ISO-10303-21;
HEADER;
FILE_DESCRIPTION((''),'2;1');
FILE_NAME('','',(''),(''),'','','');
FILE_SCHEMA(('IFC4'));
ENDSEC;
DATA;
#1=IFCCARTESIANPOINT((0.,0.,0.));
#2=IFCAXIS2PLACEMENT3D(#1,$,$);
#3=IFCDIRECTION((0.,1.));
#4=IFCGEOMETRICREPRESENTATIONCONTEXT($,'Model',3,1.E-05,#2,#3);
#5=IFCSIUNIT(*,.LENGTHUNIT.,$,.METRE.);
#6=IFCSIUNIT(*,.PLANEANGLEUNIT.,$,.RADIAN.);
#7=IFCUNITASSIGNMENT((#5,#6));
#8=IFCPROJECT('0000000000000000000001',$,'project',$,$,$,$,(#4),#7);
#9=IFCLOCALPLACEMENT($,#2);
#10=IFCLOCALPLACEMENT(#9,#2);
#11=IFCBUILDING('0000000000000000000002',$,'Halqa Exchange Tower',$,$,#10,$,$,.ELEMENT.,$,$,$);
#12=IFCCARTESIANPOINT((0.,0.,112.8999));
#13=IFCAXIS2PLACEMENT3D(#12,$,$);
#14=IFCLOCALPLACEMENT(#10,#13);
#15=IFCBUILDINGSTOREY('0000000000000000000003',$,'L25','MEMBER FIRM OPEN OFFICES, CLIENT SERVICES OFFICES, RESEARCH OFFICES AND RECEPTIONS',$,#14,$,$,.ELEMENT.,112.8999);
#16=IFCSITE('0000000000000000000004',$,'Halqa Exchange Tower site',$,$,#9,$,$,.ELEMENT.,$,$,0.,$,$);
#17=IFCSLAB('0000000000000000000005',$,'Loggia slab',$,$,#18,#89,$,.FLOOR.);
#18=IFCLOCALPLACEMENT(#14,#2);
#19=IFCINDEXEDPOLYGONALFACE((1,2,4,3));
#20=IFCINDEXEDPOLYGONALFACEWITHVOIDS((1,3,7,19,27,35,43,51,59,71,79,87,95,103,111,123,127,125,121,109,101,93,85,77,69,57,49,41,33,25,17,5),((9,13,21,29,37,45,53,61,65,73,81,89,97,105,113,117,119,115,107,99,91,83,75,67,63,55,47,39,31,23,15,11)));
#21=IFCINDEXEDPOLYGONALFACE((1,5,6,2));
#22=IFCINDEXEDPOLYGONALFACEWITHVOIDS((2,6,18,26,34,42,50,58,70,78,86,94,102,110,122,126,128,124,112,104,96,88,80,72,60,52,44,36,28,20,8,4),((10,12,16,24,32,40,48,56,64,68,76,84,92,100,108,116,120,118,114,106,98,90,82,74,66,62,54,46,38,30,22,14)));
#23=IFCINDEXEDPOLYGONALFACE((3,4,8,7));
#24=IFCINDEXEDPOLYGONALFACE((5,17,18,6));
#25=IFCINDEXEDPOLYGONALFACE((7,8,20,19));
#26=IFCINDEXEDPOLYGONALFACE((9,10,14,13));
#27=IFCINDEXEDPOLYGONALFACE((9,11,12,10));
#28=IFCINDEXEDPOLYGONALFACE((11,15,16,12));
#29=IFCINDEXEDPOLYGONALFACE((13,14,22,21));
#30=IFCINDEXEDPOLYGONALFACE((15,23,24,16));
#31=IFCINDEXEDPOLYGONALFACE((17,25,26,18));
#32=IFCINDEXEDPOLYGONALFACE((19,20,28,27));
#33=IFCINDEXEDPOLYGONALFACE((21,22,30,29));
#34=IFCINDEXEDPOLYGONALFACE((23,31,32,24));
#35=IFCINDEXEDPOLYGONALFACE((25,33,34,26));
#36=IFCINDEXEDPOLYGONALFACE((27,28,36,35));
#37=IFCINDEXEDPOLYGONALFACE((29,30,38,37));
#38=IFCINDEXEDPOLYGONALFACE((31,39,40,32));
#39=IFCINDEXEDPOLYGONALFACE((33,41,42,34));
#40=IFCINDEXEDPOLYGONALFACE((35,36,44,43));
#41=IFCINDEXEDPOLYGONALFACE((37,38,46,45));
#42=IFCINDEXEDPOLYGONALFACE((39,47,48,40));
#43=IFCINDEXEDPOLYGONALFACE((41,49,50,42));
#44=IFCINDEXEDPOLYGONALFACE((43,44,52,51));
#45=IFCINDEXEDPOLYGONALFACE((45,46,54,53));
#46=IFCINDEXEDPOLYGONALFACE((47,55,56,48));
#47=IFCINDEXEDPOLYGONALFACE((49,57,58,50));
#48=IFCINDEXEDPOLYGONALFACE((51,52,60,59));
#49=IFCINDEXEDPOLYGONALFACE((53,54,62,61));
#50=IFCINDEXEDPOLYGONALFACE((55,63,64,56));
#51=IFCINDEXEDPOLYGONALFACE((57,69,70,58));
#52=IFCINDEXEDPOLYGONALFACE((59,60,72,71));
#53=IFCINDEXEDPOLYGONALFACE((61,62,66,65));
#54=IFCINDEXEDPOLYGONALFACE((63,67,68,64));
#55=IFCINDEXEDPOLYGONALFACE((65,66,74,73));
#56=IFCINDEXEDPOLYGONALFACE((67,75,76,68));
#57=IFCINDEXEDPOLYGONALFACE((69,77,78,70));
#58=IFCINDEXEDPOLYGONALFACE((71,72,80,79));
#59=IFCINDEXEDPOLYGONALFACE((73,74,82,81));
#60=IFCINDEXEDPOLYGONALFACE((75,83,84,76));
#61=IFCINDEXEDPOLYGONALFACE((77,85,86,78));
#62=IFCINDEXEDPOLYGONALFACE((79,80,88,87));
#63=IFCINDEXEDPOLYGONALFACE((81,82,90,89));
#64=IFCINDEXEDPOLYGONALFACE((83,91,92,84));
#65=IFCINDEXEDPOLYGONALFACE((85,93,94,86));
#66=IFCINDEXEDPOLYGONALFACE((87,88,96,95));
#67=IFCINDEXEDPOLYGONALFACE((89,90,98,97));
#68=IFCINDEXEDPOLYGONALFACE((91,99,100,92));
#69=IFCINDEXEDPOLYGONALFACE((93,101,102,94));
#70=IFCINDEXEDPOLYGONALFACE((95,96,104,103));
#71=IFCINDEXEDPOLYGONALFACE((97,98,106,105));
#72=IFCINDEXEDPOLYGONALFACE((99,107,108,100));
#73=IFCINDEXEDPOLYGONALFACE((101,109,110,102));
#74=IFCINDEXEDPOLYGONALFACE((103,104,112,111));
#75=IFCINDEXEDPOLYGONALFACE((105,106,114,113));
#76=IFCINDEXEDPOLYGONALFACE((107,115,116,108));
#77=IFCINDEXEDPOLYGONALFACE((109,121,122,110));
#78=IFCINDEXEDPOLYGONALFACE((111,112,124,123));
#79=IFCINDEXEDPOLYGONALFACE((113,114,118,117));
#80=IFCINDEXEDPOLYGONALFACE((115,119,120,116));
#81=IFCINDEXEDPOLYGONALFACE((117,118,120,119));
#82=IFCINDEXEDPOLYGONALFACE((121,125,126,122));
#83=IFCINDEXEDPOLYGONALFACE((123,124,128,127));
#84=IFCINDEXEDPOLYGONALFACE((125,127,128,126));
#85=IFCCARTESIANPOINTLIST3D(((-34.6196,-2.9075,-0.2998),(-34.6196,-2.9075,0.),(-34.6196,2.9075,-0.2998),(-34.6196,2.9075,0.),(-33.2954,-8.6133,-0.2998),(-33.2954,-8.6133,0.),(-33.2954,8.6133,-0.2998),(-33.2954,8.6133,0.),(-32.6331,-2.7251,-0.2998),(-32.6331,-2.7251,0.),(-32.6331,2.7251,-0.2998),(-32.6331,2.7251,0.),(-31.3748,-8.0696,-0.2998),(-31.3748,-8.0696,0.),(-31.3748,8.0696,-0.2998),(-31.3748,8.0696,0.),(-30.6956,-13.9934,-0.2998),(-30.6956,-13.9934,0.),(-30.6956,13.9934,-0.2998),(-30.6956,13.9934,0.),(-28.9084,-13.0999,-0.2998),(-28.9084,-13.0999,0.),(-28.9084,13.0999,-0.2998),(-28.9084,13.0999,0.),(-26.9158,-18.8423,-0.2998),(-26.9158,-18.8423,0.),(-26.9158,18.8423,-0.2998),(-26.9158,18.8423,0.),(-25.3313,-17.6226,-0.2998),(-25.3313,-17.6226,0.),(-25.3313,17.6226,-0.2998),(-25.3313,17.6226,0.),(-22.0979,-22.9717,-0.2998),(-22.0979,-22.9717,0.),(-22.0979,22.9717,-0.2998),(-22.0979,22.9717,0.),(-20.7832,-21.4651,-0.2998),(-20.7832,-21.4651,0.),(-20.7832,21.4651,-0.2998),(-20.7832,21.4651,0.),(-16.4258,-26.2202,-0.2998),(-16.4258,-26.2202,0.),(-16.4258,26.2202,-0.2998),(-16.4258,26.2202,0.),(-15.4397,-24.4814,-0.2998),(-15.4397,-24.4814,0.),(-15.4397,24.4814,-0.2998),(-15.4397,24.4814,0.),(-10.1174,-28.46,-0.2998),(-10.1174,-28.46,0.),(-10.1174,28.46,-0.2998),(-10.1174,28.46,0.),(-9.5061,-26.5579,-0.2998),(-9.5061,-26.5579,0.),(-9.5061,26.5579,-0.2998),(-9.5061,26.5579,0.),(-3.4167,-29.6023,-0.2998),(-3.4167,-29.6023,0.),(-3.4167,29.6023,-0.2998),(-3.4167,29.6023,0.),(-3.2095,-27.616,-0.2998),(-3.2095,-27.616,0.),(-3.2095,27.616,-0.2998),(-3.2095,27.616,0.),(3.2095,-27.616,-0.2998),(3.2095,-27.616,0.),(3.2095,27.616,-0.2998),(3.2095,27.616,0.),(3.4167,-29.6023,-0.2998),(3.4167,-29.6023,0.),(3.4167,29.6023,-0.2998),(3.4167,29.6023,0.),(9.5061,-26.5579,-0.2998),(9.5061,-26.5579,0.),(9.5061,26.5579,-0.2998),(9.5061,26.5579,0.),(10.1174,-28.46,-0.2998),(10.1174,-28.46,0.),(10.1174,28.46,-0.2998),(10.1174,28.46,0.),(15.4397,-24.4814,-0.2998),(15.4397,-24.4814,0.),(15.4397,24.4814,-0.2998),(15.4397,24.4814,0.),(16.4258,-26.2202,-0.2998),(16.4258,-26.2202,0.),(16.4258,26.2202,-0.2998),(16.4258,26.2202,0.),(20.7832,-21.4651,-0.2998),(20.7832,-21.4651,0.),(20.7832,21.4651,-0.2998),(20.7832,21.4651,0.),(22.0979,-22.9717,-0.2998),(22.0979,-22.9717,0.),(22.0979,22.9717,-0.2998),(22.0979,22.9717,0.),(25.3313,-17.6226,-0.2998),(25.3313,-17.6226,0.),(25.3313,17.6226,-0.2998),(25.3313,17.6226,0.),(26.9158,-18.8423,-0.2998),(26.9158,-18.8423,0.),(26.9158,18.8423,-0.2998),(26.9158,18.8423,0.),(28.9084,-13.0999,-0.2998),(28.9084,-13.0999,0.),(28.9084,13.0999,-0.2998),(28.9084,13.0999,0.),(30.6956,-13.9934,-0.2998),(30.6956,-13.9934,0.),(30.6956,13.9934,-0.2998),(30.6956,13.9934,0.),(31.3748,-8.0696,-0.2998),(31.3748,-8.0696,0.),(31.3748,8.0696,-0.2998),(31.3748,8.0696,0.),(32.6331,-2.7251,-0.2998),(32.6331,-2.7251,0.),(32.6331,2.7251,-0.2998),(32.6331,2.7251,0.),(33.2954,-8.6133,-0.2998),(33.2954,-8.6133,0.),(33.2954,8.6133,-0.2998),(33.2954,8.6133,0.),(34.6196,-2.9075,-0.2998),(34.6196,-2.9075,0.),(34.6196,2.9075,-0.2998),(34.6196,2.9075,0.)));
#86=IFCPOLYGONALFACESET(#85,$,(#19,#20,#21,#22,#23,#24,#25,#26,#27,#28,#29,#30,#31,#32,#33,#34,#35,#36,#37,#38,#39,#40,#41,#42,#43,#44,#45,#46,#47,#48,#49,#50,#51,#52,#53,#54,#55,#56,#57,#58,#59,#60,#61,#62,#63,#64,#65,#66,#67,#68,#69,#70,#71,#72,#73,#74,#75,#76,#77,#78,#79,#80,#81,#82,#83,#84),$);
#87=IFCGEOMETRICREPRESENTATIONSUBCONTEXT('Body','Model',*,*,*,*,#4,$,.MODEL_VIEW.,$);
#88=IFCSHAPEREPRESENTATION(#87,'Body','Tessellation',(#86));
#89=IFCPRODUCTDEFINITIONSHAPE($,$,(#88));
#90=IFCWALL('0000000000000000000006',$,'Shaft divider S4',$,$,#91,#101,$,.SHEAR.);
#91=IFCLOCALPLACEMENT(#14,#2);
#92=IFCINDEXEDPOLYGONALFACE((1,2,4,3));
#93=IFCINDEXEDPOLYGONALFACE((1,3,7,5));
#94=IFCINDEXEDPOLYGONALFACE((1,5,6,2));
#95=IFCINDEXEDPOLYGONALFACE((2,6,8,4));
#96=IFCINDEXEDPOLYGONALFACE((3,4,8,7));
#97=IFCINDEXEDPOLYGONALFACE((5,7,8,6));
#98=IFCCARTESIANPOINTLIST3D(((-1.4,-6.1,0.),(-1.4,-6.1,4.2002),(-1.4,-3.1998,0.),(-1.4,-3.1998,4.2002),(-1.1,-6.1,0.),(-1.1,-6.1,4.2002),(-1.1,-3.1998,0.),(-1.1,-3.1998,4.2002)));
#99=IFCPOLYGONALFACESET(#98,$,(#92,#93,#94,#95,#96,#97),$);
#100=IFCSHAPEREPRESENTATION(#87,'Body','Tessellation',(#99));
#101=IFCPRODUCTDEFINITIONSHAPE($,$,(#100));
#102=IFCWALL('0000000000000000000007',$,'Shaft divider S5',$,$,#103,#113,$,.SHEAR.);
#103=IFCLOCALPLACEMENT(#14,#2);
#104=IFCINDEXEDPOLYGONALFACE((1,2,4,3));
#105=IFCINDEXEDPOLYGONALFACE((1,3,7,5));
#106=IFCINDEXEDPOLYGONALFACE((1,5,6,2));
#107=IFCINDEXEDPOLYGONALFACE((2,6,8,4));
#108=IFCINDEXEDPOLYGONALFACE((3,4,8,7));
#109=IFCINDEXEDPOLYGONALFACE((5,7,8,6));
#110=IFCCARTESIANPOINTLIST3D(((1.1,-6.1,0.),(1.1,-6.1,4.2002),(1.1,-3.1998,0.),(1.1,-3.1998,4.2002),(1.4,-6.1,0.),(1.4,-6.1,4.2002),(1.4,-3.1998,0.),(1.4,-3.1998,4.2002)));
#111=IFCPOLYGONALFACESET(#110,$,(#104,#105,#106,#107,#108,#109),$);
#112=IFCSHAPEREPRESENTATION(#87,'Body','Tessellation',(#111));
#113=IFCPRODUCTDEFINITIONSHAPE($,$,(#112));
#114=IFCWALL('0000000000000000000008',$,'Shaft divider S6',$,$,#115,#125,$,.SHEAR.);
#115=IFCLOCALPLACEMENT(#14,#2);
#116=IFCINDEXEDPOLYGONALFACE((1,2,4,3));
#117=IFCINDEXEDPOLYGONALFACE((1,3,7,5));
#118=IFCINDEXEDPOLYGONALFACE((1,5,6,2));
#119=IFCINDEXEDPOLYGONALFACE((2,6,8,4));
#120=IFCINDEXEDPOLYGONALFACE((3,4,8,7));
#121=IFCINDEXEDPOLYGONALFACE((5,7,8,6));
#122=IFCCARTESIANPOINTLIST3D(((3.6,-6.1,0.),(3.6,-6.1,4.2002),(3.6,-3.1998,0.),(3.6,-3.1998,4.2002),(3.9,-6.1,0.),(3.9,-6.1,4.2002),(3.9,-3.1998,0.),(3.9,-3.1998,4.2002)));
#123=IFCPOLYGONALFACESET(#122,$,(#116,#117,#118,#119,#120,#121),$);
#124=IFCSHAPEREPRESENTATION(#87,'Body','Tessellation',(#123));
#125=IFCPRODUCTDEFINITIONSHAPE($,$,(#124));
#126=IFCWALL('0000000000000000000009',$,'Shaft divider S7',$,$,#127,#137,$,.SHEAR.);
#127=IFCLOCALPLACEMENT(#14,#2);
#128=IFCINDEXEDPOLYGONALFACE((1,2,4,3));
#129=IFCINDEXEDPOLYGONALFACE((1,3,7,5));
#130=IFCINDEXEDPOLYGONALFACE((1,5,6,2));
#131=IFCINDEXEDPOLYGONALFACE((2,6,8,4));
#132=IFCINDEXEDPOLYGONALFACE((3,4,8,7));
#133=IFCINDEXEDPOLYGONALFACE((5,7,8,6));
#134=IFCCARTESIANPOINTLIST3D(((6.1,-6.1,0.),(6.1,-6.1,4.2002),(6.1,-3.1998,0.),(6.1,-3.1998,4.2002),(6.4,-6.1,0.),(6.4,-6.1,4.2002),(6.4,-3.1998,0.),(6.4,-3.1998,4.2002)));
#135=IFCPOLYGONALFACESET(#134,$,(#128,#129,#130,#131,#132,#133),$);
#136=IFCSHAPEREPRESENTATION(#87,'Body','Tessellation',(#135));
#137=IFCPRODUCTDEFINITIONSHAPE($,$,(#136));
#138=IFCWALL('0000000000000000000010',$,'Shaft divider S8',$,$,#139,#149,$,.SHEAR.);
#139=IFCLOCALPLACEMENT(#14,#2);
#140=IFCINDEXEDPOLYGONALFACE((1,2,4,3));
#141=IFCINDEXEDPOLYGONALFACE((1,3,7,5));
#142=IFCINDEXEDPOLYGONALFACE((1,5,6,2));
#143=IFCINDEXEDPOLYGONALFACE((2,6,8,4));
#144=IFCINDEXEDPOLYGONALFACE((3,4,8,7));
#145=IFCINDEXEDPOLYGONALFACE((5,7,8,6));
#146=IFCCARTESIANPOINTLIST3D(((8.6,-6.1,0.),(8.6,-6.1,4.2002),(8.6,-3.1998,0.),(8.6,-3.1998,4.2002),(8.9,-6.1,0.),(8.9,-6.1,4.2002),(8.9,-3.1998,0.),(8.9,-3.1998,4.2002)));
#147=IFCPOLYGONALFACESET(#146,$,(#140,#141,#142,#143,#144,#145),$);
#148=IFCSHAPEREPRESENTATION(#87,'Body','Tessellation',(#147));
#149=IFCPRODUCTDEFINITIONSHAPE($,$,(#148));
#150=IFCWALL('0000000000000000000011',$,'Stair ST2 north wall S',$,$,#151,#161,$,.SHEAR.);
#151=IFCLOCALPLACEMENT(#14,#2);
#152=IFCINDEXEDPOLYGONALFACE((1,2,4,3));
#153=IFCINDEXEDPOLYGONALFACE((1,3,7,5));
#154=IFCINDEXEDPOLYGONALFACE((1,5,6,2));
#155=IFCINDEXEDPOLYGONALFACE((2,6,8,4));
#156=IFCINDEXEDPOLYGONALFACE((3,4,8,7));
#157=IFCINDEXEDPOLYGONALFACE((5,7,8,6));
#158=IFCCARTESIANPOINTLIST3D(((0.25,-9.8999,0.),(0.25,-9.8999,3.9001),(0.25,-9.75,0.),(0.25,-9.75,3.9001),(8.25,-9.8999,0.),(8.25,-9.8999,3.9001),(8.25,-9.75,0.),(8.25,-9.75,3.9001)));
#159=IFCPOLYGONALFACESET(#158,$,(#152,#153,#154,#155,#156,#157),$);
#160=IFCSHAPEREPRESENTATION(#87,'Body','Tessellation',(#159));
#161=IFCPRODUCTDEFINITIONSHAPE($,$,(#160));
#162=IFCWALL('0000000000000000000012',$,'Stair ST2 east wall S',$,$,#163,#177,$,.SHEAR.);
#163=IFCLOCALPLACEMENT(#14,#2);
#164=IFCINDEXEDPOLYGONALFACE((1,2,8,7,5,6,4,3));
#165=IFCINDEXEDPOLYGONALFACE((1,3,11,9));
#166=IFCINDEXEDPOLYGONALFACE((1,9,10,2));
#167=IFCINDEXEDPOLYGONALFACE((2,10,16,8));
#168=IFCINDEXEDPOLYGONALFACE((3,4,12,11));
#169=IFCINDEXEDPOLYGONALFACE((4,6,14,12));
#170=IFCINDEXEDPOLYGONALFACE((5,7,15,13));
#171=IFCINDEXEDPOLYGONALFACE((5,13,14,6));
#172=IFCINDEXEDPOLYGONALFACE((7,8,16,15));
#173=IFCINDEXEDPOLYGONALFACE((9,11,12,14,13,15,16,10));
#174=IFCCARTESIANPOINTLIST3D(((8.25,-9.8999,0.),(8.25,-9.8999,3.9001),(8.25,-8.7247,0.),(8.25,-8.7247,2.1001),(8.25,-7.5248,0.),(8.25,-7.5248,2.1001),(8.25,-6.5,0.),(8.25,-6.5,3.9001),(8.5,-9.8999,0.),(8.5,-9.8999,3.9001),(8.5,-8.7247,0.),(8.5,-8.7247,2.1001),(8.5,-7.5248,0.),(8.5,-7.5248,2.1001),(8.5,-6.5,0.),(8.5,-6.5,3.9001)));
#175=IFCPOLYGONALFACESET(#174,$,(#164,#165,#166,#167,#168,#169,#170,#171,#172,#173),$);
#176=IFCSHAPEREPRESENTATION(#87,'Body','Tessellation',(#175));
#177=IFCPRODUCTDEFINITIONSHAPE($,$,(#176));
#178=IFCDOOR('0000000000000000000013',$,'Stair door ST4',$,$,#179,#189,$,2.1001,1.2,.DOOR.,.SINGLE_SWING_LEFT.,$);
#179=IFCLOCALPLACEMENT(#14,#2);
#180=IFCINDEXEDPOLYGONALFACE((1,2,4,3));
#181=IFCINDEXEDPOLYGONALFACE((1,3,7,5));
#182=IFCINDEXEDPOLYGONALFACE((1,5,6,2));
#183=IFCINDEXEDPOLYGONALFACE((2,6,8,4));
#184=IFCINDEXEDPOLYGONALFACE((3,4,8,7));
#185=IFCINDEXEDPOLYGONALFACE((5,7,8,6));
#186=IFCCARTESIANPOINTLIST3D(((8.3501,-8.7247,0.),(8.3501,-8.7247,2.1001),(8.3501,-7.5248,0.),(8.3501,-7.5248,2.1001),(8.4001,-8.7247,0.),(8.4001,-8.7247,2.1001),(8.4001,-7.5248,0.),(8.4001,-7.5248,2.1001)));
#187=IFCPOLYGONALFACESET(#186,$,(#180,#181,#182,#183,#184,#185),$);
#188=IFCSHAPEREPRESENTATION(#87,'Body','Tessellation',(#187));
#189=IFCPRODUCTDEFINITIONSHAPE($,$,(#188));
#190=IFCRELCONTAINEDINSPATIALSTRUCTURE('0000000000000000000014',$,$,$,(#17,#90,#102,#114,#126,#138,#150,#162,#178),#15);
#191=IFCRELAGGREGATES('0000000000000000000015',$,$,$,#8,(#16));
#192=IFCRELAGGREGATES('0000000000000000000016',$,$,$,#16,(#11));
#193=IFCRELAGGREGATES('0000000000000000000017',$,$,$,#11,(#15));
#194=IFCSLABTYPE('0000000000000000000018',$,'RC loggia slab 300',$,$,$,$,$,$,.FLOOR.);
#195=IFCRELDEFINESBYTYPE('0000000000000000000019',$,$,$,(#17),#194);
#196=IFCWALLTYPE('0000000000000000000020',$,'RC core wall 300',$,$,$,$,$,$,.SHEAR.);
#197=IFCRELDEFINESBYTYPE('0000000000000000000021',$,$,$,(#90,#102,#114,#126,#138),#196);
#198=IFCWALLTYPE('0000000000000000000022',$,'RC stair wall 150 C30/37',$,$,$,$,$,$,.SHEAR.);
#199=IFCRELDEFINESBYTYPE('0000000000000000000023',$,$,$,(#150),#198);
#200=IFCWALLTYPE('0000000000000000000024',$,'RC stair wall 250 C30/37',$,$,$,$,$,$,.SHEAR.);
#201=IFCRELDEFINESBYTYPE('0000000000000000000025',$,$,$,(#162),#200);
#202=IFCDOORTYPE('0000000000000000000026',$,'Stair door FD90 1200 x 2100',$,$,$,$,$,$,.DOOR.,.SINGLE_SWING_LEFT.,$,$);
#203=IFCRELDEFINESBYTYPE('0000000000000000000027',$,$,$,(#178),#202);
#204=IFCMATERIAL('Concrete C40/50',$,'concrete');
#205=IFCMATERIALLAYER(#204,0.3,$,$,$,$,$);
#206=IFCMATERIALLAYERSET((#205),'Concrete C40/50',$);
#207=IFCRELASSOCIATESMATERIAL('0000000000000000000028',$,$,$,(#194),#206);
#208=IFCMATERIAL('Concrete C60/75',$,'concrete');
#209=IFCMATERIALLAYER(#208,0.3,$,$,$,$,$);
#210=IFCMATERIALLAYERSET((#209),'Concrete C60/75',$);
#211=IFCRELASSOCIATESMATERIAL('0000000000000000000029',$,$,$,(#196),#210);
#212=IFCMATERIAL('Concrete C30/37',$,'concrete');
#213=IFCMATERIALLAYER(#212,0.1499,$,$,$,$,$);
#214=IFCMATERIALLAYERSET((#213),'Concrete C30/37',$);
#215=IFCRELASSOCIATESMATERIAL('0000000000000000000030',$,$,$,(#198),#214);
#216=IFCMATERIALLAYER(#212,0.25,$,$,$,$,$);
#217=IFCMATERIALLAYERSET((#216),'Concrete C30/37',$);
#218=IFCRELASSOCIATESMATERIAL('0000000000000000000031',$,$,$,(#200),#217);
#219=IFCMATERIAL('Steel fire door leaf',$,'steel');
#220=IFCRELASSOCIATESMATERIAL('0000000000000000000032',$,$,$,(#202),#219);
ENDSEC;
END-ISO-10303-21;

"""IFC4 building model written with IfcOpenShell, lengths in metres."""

from ifc_helpers import new_model, si_unit, direction, frame, frame_2d, origin, place, context, subcontext, project, spatial, polyline, rectangle, outline, extrude, material, layer, layer_set, type_object, element, fill, save


model = new_model("IFC4")

# Units and contexts
model_context = context("Model", 3, precision=1e-05, world=origin(), true_north=direction((0.0, 1.0)))
body_context = subcontext(model_context, "Body", "Model", "MODEL_VIEW")
ifc_project = project(units=[si_unit("LENGTHUNIT", "METRE"), si_unit("PLANEANGLEUNIT", "RADIAN")], contexts=[model_context])

# Site, building, storey
site_placement = place(None, origin())
site = spatial("IfcSite", under=ifc_project, at=site_placement, Name="Halqa Exchange Tower site", CompositionType="ELEMENT", RefElevation=0.0)
building_placement = place(site_placement, origin())
building = spatial("IfcBuilding", under=site, at=building_placement, Name="Halqa Exchange Tower", CompositionType="ELEMENT")
storey_placement = place(building_placement, frame((0.0, 0.0, 112.8999)))
storey = spatial("IfcBuildingStorey", under=building, at=storey_placement, Name="L25", Description="MEMBER FIRM OPEN OFFICES, CLIENT SERVICES OFFICES, RESEARCH OFFICES AND RECEPTIONS", CompositionType="ELEMENT", Elevation=112.8999)

# Slab
ifc_material_1 = material(Name="Concrete C60/75", Category="concrete")
ifc_material_2 = material(Name="Concrete C40/50", Category="concrete")
ifc_layer_1 = layer(ifc_material_2, 0.3)
ifc_layer_set_1 = layer_set([ifc_layer_1], Name="Concrete C40/50")
slab_type_1 = type_object("IfcSlabType", Name="RC loggia slab 300", PredefinedType="FLOOR", material=ifc_layer_set_1)
slab_1_placement = place(storey_placement, frame((0.0, 0.0, -0.2998)))
element("IfcSlab", 1, at=slab_1_placement, inside=storey, type_object=slab_type_1, Name="Loggia slab", PredefinedType="FLOOR", context=body_context, shape_type="SweptSolid", body=[
    extrude(outline(polyline([(34.6196, 2.9075), (34.6196, -2.9075), (33.2954, -8.6133), (30.6956, -13.9934), (26.9158, -18.8423), (22.0979, -22.9717), (16.4258, -26.2202), (10.1174, -28.46), (3.4167, -29.6023), (-3.4167, -29.6023), (-10.1174, -28.46), (-16.4258, -26.2202), (-22.0979, -22.9717), (-26.9158, -18.8423), (-30.6956, -13.9934), (-33.2954, -8.6133), (-34.6196, -2.9075), (-34.6196, 2.9075), (-33.2954, 8.6133), (-30.6956, 13.9934), (-26.9158, 18.8423), (-22.0979, 22.9717), (-16.4258, 26.2202), (-10.1174, 28.46), (-3.4167, 29.6023), (3.4167, 29.6023), (10.1174, 28.46), (16.4258, 26.2202), (22.0979, 22.9717), (26.9158, 18.8423), (30.6956, 13.9934), (33.2954, 8.6133), (34.6196, 2.9075)]), holes=[polyline([(32.6331, 2.7251), (31.3748, 8.0696), (28.9084, 13.0999), (25.3313, 17.6226), (20.7832, 21.4651), (15.4397, 24.4814), (9.5061, 26.5579), (3.2095, 27.616), (-3.2095, 27.616), (-9.5061, 26.5579), (-15.4397, 24.4814), (-20.7832, 21.4651), (-25.3313, 17.6226), (-28.9084, 13.0999), (-31.3748, 8.0696), (-32.6331, 2.7251), (-32.6331, -2.7251), (-31.3748, -8.0696), (-28.9084, -13.0999), (-25.3313, -17.6226), (-20.7832, -21.4651), (-15.4397, -24.4814), (-9.5061, -26.5579), (-3.2095, -27.616), (3.2095, -27.616), (9.5061, -26.5579), (15.4397, -24.4814), (20.7832, -21.4651), (25.3313, -17.6226), (28.9084, -13.0999), (31.3748, -8.0696), (32.6331, -2.7251), (32.6331, 2.7251)])]), origin(), (0.0, 0.0, 1.0), 0.2998),
])

# Walls
ifc_layer_2 = layer(ifc_material_1, 0.3)
ifc_layer_set_2 = layer_set([ifc_layer_2], Name="Concrete C60/75")
wall_type_1 = type_object("IfcWallType", Name="RC core wall 300", PredefinedType="SHEAR", material=ifc_layer_set_2)
for number, where, z_axis, x_axis, name in (
    (2, (-1.25, -6.1001, 0.0), (0.0, 0.0, 1.0), (0.0, 1.0, 0.0), "Shaft divider S4"),
    (3, (1.25, -6.1001, 0.0), (0.0, 0.0, 1.0), (0.0, 1.0, 0.0), "Shaft divider S5"),
    (4, (3.75, -6.1001, 0.0), (0.0, 0.0, 1.0), (0.0, 1.0, 0.0), "Shaft divider S6"),
    (5, (6.25, -6.1001, 0.0), (0.0, 0.0, 1.0), (0.0, 1.0, 0.0), "Shaft divider S7"),
    (6, (8.75, -6.1001, 0.0), (0.0, 0.0, 1.0), (0.0, 1.0, 0.0), "Shaft divider S8"),
):
    element("IfcWall", number, at=place(storey_placement, frame(where, z_axis=z_axis, x_axis=x_axis)), inside=storey, type_object=wall_type_1, Name=name, PredefinedType="SHEAR", context=body_context, shape_type="SweptSolid", body=[
        extrude(rectangle(XDim=2.9001, YDim=0.3, at=frame_2d((1.4502, 0.0))), origin(), (0.0, 0.0, 1.0), 4.2002),
    ])
ifc_material_3 = material(Name="Concrete C30/37", Category="concrete")
ifc_layer_3 = layer(ifc_material_3, 0.1499)
ifc_layer_set_3 = layer_set([ifc_layer_3], Name="Concrete C30/37")
wall_type_2 = type_object("IfcWallType", Name="RC stair wall 150 C30/37", PredefinedType="SHEAR", material=ifc_layer_set_3)
wall_1_placement = place(storey_placement, frame((0.25, -9.825, 0.0), z_axis=(0.0, 0.0, 1.0), x_axis=(1.0, 0.0, 0.0)))
element("IfcWall", 7, at=wall_1_placement, inside=storey, type_object=wall_type_2, Name="Stair ST2 north wall S", PredefinedType="SHEAR", context=body_context, shape_type="SweptSolid", body=[
    extrude(rectangle(XDim=8.0, YDim=0.1499, at=frame_2d((4.0, 0.0))), origin(), (0.0, 0.0, 1.0), 3.9001),
])

# Wall, opening, door
ifc_layer_4 = layer(ifc_material_3, 0.25)
ifc_layer_set_4 = layer_set([ifc_layer_4], Name="Concrete C30/37")
wall_type_3 = type_object("IfcWallType", Name="RC stair wall 250 C30/37", PredefinedType="SHEAR", material=ifc_layer_set_4)
wall_2_placement = place(storey_placement, frame((8.375, -9.8999, 0.0), z_axis=(0.0, 0.0, 1.0), x_axis=(0.0, 1.0, 0.0)))
wall_2 = element("IfcWall", 8, at=wall_2_placement, inside=storey, type_object=wall_type_3, Name="Stair ST2 east wall S", PredefinedType="SHEAR", context=body_context, shape_type="SweptSolid", body=[
    extrude(rectangle(XDim=3.3999, YDim=0.25, at=frame_2d((1.7, 0.0))), origin(), (0.0, 0.0, 1.0), 3.9001),
])
opening_placement = place(wall_2_placement, frame((1.175, 0.0, 0.0)))
opening = element("IfcOpeningElement", 9, at=opening_placement, cuts=wall_2, PredefinedType="OPENING", context=body_context, shape_type="SweptSolid", body=[
    extrude(rectangle(XDim=1.2, YDim=2.1001, at=frame_2d((0.6001, 1.05))), frame((0.0, 0.137, 0.0), z_axis=(0.0, -1.0, 0.0), x_axis=(1.0, 0.0, 0.0)), (0.0, 0.0, 1.0), 0.2739),
])
ifc_material_4 = material(Name="Steel fire door leaf", Category="steel")
door_type = type_object("IfcDoorType", Name="Stair door FD90 1200 x 2100", OperationType="SINGLE_SWING_LEFT", PredefinedType="DOOR", material=ifc_material_4)
door_placement = place(opening_placement, origin())
door = element("IfcDoor", 10, at=door_placement, inside=storey, type_object=door_type, Name="Stair door ST4", OperationType="SINGLE_SWING_LEFT", OverallHeight=2.1001, OverallWidth=1.2, PredefinedType="DOOR", context=body_context, shape_type="SweptSolid", body=[
    extrude(rectangle(XDim=1.2, YDim=2.1001, at=frame_2d((0.6001, 1.05))), frame((0.0, 0.0249, 0.0), z_axis=(0.0, -1.0, 0.0), x_axis=(1.0, 0.0, 0.0)), (0.0, 0.0, 1.0), 0.05),
])
fill(opening, door)

save(model, "model.ifc")
